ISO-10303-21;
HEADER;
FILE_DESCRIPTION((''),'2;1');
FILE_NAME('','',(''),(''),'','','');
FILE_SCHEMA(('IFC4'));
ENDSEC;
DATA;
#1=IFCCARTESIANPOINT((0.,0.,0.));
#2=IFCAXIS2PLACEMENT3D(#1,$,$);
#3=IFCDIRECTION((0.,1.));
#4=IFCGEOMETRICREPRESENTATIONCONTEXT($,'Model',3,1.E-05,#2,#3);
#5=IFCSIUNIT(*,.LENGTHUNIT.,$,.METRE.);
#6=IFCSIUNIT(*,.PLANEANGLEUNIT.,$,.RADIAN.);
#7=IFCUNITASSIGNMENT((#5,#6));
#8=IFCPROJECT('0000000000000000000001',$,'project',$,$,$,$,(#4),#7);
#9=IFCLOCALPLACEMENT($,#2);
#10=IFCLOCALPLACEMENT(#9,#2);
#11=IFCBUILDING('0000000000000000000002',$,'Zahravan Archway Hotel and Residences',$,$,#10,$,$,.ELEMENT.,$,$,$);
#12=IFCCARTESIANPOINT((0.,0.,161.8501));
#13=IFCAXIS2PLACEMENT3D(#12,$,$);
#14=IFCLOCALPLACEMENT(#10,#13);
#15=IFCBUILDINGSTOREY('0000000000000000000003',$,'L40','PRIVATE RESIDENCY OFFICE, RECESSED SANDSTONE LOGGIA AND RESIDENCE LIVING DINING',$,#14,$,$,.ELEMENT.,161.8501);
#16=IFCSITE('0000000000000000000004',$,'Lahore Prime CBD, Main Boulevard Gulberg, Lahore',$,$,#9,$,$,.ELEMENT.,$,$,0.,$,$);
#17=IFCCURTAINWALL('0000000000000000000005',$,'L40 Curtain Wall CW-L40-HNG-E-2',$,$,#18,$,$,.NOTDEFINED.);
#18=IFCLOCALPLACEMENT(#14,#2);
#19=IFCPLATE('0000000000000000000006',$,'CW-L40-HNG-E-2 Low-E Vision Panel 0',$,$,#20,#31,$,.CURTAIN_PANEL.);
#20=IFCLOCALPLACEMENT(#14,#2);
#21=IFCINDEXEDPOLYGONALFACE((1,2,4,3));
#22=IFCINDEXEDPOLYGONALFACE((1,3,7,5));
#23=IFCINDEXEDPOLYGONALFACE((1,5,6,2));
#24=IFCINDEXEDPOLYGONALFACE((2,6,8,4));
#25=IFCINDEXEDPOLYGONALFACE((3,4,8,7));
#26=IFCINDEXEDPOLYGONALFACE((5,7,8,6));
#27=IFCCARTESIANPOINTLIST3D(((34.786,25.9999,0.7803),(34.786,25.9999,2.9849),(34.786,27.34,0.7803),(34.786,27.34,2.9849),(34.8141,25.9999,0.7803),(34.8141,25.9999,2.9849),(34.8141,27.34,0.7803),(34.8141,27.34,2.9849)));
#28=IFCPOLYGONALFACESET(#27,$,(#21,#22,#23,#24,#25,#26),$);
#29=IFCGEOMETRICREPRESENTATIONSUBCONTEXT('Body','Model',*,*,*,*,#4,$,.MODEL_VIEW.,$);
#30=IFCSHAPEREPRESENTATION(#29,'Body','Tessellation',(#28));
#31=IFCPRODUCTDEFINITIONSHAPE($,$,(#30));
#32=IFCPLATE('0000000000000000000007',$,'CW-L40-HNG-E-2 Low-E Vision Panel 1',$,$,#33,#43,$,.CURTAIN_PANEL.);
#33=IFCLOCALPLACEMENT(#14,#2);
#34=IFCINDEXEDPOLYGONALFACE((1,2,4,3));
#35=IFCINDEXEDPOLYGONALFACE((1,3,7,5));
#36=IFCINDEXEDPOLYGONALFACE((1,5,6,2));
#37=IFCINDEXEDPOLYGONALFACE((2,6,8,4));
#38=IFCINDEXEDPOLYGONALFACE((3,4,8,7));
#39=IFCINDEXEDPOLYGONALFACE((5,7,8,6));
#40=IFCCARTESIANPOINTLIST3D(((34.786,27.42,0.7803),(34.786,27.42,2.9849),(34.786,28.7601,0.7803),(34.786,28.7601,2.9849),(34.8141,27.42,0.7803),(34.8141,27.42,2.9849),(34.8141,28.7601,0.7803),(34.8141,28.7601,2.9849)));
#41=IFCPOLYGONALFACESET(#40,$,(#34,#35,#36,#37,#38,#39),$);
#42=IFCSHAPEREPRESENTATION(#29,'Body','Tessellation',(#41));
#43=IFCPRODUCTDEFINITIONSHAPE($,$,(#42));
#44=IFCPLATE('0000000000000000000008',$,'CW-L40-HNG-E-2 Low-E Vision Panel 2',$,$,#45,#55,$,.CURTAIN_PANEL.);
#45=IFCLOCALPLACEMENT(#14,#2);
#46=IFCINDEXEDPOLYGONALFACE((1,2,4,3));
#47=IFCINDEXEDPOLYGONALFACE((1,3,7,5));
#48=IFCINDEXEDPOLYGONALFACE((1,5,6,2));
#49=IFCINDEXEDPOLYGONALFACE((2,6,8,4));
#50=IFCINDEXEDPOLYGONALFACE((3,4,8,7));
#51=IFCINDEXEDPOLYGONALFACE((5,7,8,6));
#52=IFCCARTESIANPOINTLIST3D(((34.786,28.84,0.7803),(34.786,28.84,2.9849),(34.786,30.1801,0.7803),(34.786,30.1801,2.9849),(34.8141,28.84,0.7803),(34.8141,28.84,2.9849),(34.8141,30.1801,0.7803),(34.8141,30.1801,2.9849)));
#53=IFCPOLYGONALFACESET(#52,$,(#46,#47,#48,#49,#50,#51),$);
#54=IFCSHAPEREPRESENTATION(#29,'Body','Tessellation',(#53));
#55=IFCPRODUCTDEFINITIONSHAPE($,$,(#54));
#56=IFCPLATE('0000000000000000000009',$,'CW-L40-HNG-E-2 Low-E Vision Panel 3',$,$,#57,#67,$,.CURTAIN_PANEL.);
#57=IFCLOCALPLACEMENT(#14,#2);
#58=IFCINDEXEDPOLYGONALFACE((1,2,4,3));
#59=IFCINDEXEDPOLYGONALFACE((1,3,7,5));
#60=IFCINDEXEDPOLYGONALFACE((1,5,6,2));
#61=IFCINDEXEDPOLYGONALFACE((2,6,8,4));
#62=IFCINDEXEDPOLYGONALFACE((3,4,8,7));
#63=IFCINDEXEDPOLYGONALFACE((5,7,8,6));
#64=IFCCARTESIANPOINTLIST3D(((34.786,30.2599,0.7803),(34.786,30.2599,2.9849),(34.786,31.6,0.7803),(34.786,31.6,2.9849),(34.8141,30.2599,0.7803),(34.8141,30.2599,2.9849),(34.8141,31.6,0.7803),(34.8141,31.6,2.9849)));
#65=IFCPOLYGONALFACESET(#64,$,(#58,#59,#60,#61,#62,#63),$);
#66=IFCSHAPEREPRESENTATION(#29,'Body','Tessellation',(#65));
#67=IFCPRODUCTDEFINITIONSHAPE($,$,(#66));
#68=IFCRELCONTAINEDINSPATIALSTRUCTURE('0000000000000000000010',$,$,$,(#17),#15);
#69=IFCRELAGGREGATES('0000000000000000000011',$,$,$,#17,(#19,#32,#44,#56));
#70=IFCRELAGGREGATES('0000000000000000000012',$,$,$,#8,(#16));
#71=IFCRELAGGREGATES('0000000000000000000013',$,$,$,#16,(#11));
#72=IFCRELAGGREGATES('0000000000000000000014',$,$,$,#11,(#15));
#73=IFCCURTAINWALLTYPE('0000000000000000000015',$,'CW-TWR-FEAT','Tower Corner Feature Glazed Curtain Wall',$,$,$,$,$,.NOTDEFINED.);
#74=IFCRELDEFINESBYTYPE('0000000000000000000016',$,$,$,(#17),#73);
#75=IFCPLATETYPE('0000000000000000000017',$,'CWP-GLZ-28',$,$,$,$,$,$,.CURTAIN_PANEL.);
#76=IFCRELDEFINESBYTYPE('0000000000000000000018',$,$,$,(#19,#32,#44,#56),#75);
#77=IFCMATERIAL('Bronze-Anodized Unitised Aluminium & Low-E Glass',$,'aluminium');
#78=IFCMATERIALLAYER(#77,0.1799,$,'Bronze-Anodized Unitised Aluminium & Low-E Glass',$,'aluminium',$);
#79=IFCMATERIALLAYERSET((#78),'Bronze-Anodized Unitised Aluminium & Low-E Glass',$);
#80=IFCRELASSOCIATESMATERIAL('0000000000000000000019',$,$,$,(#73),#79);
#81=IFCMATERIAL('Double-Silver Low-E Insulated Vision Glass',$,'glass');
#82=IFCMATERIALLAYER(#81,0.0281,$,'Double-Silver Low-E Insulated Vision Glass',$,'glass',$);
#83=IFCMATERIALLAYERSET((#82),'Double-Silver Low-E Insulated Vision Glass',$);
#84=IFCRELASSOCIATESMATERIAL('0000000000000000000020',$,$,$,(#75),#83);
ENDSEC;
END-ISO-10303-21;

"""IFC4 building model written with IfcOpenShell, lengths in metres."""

from ifc_helpers import new_model, si_unit, direction, frame, origin, origin_2d, place, context, subcontext, project, spatial, rectangle, extrude, source, transform, mapped, material, layer, layer_set, type_object, element, aggregate, save


model = new_model("IFC4")

# Units and contexts
model_context = context("Model", 3, precision=1e-05, world=origin(), true_north=direction((0.0, 1.0)))
body_context = subcontext(model_context, "Body", "Model", "MODEL_VIEW")
ifc_project = project(units=[si_unit("LENGTHUNIT", "METRE"), si_unit("PLANEANGLEUNIT", "RADIAN")], contexts=[model_context])

# Site, building, storey
site_placement = place(None, origin())
site = spatial("IfcSite", under=ifc_project, at=site_placement, Name="Lahore Prime CBD, Main Boulevard Gulberg, Lahore", CompositionType="ELEMENT", RefElevation=0.0)
building_placement = place(site_placement, origin())
building = spatial("IfcBuilding", under=site, at=building_placement, Name="Zahravan Archway Hotel and Residences", CompositionType="ELEMENT")
storey_placement = place(building_placement, frame((0.0, 0.0, 161.8501)))
storey = spatial("IfcBuildingStorey", under=building, at=storey_placement, Name="L40", Description="PRIVATE RESIDENCY OFFICE, RECESSED SANDSTONE LOGGIA AND RESIDENCE LIVING DINING", CompositionType="ELEMENT", Elevation=161.8501)

# Curtain wall
ifc_material_1 = material(Name="Bronze-Anodized Unitised Aluminium & Low-E Glass", Category="aluminium")
ifc_layer_1 = layer(ifc_material_1, 0.1799, Name="Bronze-Anodized Unitised Aluminium & Low-E Glass", Category="aluminium")
ifc_layer_set_1 = layer_set([ifc_layer_1], Name="Bronze-Anodized Unitised Aluminium & Low-E Glass")
curtain_wall_type = type_object("IfcCurtainWallType", Name="CW-TWR-FEAT", Description="Tower Corner Feature Glazed Curtain Wall", PredefinedType="NOTDEFINED", material=ifc_layer_set_1)
curtain_wall_1_placement = place(storey_placement, origin())
curtain_wall_1 = element("IfcCurtainWall", 1, at=curtain_wall_1_placement, inside=storey, type_object=curtain_wall_type, Name="L40 Curtain Wall CW-L40-HNG-E-2", PredefinedType="NOTDEFINED")

# Plates
ifc_material_2 = material(Name="Double-Silver Low-E Insulated Vision Glass", Category="glass")
ifc_layer_2 = layer(ifc_material_2, 0.0281, Name="Double-Silver Low-E Insulated Vision Glass", Category="glass")
ifc_layer_set_2 = layer_set([ifc_layer_2], Name="Double-Silver Low-E Insulated Vision Glass")
plate_type_1 = type_object("IfcPlateType", Name="CWP-GLZ-28", PredefinedType="CURTAIN_PANEL", material=ifc_layer_set_2)
shared_shape_1 = source(origin(), body_context, "Body", "SweptSolid", [
    extrude(rectangle(XDim=1.3401, YDim=0.0281, at=origin_2d()), origin(), (0.0, 0.0, 1.0), 2.2046),
])
plate_1_placement = place(storey_placement, frame((34.8, 26.6699, 0.7803), z_axis=(0.0, 0.0, 1.0), x_axis=(0.0, 1.0, 0.0)))
plate_1 = element("IfcPlate", 2, at=plate_1_placement, type_object=plate_type_1, Name="CW-L40-HNG-E-2 Low-E Vision Panel 0", PredefinedType="CURTAIN_PANEL", context=body_context, shape_type="MappedRepresentation", body=[
    mapped(shared_shape_1, transform((0.0, 0.0, 0.0), scale=1.0)),
])
plate_2_placement = place(storey_placement, frame((34.8, 28.0901, 0.7803), z_axis=(0.0, 0.0, 1.0), x_axis=(0.0, 1.0, 0.0)))
plate_2 = element("IfcPlate", 3, at=plate_2_placement, type_object=plate_type_1, Name="CW-L40-HNG-E-2 Low-E Vision Panel 1", PredefinedType="CURTAIN_PANEL", context=body_context, shape_type="MappedRepresentation", body=[
    mapped(shared_shape_1, transform((0.0, 0.0, 0.0), scale=1.0)),
])
plate_3_placement = place(storey_placement, frame((34.8, 29.51, 0.7803), z_axis=(0.0, 0.0, 1.0), x_axis=(0.0, 1.0, 0.0)))
plate_3 = element("IfcPlate", 4, at=plate_3_placement, type_object=plate_type_1, Name="CW-L40-HNG-E-2 Low-E Vision Panel 2", PredefinedType="CURTAIN_PANEL", context=body_context, shape_type="MappedRepresentation", body=[
    mapped(shared_shape_1, transform((0.0, 0.0, 0.0), scale=1.0)),
])
plate_4_placement = place(storey_placement, frame((34.8, 30.9299, 0.7803), z_axis=(0.0, 0.0, 1.0), x_axis=(0.0, 1.0, 0.0)))
plate_4 = element("IfcPlate", 5, at=plate_4_placement, type_object=plate_type_1, Name="CW-L40-HNG-E-2 Low-E Vision Panel 3", PredefinedType="CURTAIN_PANEL", context=body_context, shape_type="MappedRepresentation", body=[
    mapped(shared_shape_1, transform((0.0, 0.0, 0.0), scale=1.0)),
])
aggregate(curtain_wall_1, [plate_1, plate_2, plate_3, plate_4])

save(model, "model.ifc")
